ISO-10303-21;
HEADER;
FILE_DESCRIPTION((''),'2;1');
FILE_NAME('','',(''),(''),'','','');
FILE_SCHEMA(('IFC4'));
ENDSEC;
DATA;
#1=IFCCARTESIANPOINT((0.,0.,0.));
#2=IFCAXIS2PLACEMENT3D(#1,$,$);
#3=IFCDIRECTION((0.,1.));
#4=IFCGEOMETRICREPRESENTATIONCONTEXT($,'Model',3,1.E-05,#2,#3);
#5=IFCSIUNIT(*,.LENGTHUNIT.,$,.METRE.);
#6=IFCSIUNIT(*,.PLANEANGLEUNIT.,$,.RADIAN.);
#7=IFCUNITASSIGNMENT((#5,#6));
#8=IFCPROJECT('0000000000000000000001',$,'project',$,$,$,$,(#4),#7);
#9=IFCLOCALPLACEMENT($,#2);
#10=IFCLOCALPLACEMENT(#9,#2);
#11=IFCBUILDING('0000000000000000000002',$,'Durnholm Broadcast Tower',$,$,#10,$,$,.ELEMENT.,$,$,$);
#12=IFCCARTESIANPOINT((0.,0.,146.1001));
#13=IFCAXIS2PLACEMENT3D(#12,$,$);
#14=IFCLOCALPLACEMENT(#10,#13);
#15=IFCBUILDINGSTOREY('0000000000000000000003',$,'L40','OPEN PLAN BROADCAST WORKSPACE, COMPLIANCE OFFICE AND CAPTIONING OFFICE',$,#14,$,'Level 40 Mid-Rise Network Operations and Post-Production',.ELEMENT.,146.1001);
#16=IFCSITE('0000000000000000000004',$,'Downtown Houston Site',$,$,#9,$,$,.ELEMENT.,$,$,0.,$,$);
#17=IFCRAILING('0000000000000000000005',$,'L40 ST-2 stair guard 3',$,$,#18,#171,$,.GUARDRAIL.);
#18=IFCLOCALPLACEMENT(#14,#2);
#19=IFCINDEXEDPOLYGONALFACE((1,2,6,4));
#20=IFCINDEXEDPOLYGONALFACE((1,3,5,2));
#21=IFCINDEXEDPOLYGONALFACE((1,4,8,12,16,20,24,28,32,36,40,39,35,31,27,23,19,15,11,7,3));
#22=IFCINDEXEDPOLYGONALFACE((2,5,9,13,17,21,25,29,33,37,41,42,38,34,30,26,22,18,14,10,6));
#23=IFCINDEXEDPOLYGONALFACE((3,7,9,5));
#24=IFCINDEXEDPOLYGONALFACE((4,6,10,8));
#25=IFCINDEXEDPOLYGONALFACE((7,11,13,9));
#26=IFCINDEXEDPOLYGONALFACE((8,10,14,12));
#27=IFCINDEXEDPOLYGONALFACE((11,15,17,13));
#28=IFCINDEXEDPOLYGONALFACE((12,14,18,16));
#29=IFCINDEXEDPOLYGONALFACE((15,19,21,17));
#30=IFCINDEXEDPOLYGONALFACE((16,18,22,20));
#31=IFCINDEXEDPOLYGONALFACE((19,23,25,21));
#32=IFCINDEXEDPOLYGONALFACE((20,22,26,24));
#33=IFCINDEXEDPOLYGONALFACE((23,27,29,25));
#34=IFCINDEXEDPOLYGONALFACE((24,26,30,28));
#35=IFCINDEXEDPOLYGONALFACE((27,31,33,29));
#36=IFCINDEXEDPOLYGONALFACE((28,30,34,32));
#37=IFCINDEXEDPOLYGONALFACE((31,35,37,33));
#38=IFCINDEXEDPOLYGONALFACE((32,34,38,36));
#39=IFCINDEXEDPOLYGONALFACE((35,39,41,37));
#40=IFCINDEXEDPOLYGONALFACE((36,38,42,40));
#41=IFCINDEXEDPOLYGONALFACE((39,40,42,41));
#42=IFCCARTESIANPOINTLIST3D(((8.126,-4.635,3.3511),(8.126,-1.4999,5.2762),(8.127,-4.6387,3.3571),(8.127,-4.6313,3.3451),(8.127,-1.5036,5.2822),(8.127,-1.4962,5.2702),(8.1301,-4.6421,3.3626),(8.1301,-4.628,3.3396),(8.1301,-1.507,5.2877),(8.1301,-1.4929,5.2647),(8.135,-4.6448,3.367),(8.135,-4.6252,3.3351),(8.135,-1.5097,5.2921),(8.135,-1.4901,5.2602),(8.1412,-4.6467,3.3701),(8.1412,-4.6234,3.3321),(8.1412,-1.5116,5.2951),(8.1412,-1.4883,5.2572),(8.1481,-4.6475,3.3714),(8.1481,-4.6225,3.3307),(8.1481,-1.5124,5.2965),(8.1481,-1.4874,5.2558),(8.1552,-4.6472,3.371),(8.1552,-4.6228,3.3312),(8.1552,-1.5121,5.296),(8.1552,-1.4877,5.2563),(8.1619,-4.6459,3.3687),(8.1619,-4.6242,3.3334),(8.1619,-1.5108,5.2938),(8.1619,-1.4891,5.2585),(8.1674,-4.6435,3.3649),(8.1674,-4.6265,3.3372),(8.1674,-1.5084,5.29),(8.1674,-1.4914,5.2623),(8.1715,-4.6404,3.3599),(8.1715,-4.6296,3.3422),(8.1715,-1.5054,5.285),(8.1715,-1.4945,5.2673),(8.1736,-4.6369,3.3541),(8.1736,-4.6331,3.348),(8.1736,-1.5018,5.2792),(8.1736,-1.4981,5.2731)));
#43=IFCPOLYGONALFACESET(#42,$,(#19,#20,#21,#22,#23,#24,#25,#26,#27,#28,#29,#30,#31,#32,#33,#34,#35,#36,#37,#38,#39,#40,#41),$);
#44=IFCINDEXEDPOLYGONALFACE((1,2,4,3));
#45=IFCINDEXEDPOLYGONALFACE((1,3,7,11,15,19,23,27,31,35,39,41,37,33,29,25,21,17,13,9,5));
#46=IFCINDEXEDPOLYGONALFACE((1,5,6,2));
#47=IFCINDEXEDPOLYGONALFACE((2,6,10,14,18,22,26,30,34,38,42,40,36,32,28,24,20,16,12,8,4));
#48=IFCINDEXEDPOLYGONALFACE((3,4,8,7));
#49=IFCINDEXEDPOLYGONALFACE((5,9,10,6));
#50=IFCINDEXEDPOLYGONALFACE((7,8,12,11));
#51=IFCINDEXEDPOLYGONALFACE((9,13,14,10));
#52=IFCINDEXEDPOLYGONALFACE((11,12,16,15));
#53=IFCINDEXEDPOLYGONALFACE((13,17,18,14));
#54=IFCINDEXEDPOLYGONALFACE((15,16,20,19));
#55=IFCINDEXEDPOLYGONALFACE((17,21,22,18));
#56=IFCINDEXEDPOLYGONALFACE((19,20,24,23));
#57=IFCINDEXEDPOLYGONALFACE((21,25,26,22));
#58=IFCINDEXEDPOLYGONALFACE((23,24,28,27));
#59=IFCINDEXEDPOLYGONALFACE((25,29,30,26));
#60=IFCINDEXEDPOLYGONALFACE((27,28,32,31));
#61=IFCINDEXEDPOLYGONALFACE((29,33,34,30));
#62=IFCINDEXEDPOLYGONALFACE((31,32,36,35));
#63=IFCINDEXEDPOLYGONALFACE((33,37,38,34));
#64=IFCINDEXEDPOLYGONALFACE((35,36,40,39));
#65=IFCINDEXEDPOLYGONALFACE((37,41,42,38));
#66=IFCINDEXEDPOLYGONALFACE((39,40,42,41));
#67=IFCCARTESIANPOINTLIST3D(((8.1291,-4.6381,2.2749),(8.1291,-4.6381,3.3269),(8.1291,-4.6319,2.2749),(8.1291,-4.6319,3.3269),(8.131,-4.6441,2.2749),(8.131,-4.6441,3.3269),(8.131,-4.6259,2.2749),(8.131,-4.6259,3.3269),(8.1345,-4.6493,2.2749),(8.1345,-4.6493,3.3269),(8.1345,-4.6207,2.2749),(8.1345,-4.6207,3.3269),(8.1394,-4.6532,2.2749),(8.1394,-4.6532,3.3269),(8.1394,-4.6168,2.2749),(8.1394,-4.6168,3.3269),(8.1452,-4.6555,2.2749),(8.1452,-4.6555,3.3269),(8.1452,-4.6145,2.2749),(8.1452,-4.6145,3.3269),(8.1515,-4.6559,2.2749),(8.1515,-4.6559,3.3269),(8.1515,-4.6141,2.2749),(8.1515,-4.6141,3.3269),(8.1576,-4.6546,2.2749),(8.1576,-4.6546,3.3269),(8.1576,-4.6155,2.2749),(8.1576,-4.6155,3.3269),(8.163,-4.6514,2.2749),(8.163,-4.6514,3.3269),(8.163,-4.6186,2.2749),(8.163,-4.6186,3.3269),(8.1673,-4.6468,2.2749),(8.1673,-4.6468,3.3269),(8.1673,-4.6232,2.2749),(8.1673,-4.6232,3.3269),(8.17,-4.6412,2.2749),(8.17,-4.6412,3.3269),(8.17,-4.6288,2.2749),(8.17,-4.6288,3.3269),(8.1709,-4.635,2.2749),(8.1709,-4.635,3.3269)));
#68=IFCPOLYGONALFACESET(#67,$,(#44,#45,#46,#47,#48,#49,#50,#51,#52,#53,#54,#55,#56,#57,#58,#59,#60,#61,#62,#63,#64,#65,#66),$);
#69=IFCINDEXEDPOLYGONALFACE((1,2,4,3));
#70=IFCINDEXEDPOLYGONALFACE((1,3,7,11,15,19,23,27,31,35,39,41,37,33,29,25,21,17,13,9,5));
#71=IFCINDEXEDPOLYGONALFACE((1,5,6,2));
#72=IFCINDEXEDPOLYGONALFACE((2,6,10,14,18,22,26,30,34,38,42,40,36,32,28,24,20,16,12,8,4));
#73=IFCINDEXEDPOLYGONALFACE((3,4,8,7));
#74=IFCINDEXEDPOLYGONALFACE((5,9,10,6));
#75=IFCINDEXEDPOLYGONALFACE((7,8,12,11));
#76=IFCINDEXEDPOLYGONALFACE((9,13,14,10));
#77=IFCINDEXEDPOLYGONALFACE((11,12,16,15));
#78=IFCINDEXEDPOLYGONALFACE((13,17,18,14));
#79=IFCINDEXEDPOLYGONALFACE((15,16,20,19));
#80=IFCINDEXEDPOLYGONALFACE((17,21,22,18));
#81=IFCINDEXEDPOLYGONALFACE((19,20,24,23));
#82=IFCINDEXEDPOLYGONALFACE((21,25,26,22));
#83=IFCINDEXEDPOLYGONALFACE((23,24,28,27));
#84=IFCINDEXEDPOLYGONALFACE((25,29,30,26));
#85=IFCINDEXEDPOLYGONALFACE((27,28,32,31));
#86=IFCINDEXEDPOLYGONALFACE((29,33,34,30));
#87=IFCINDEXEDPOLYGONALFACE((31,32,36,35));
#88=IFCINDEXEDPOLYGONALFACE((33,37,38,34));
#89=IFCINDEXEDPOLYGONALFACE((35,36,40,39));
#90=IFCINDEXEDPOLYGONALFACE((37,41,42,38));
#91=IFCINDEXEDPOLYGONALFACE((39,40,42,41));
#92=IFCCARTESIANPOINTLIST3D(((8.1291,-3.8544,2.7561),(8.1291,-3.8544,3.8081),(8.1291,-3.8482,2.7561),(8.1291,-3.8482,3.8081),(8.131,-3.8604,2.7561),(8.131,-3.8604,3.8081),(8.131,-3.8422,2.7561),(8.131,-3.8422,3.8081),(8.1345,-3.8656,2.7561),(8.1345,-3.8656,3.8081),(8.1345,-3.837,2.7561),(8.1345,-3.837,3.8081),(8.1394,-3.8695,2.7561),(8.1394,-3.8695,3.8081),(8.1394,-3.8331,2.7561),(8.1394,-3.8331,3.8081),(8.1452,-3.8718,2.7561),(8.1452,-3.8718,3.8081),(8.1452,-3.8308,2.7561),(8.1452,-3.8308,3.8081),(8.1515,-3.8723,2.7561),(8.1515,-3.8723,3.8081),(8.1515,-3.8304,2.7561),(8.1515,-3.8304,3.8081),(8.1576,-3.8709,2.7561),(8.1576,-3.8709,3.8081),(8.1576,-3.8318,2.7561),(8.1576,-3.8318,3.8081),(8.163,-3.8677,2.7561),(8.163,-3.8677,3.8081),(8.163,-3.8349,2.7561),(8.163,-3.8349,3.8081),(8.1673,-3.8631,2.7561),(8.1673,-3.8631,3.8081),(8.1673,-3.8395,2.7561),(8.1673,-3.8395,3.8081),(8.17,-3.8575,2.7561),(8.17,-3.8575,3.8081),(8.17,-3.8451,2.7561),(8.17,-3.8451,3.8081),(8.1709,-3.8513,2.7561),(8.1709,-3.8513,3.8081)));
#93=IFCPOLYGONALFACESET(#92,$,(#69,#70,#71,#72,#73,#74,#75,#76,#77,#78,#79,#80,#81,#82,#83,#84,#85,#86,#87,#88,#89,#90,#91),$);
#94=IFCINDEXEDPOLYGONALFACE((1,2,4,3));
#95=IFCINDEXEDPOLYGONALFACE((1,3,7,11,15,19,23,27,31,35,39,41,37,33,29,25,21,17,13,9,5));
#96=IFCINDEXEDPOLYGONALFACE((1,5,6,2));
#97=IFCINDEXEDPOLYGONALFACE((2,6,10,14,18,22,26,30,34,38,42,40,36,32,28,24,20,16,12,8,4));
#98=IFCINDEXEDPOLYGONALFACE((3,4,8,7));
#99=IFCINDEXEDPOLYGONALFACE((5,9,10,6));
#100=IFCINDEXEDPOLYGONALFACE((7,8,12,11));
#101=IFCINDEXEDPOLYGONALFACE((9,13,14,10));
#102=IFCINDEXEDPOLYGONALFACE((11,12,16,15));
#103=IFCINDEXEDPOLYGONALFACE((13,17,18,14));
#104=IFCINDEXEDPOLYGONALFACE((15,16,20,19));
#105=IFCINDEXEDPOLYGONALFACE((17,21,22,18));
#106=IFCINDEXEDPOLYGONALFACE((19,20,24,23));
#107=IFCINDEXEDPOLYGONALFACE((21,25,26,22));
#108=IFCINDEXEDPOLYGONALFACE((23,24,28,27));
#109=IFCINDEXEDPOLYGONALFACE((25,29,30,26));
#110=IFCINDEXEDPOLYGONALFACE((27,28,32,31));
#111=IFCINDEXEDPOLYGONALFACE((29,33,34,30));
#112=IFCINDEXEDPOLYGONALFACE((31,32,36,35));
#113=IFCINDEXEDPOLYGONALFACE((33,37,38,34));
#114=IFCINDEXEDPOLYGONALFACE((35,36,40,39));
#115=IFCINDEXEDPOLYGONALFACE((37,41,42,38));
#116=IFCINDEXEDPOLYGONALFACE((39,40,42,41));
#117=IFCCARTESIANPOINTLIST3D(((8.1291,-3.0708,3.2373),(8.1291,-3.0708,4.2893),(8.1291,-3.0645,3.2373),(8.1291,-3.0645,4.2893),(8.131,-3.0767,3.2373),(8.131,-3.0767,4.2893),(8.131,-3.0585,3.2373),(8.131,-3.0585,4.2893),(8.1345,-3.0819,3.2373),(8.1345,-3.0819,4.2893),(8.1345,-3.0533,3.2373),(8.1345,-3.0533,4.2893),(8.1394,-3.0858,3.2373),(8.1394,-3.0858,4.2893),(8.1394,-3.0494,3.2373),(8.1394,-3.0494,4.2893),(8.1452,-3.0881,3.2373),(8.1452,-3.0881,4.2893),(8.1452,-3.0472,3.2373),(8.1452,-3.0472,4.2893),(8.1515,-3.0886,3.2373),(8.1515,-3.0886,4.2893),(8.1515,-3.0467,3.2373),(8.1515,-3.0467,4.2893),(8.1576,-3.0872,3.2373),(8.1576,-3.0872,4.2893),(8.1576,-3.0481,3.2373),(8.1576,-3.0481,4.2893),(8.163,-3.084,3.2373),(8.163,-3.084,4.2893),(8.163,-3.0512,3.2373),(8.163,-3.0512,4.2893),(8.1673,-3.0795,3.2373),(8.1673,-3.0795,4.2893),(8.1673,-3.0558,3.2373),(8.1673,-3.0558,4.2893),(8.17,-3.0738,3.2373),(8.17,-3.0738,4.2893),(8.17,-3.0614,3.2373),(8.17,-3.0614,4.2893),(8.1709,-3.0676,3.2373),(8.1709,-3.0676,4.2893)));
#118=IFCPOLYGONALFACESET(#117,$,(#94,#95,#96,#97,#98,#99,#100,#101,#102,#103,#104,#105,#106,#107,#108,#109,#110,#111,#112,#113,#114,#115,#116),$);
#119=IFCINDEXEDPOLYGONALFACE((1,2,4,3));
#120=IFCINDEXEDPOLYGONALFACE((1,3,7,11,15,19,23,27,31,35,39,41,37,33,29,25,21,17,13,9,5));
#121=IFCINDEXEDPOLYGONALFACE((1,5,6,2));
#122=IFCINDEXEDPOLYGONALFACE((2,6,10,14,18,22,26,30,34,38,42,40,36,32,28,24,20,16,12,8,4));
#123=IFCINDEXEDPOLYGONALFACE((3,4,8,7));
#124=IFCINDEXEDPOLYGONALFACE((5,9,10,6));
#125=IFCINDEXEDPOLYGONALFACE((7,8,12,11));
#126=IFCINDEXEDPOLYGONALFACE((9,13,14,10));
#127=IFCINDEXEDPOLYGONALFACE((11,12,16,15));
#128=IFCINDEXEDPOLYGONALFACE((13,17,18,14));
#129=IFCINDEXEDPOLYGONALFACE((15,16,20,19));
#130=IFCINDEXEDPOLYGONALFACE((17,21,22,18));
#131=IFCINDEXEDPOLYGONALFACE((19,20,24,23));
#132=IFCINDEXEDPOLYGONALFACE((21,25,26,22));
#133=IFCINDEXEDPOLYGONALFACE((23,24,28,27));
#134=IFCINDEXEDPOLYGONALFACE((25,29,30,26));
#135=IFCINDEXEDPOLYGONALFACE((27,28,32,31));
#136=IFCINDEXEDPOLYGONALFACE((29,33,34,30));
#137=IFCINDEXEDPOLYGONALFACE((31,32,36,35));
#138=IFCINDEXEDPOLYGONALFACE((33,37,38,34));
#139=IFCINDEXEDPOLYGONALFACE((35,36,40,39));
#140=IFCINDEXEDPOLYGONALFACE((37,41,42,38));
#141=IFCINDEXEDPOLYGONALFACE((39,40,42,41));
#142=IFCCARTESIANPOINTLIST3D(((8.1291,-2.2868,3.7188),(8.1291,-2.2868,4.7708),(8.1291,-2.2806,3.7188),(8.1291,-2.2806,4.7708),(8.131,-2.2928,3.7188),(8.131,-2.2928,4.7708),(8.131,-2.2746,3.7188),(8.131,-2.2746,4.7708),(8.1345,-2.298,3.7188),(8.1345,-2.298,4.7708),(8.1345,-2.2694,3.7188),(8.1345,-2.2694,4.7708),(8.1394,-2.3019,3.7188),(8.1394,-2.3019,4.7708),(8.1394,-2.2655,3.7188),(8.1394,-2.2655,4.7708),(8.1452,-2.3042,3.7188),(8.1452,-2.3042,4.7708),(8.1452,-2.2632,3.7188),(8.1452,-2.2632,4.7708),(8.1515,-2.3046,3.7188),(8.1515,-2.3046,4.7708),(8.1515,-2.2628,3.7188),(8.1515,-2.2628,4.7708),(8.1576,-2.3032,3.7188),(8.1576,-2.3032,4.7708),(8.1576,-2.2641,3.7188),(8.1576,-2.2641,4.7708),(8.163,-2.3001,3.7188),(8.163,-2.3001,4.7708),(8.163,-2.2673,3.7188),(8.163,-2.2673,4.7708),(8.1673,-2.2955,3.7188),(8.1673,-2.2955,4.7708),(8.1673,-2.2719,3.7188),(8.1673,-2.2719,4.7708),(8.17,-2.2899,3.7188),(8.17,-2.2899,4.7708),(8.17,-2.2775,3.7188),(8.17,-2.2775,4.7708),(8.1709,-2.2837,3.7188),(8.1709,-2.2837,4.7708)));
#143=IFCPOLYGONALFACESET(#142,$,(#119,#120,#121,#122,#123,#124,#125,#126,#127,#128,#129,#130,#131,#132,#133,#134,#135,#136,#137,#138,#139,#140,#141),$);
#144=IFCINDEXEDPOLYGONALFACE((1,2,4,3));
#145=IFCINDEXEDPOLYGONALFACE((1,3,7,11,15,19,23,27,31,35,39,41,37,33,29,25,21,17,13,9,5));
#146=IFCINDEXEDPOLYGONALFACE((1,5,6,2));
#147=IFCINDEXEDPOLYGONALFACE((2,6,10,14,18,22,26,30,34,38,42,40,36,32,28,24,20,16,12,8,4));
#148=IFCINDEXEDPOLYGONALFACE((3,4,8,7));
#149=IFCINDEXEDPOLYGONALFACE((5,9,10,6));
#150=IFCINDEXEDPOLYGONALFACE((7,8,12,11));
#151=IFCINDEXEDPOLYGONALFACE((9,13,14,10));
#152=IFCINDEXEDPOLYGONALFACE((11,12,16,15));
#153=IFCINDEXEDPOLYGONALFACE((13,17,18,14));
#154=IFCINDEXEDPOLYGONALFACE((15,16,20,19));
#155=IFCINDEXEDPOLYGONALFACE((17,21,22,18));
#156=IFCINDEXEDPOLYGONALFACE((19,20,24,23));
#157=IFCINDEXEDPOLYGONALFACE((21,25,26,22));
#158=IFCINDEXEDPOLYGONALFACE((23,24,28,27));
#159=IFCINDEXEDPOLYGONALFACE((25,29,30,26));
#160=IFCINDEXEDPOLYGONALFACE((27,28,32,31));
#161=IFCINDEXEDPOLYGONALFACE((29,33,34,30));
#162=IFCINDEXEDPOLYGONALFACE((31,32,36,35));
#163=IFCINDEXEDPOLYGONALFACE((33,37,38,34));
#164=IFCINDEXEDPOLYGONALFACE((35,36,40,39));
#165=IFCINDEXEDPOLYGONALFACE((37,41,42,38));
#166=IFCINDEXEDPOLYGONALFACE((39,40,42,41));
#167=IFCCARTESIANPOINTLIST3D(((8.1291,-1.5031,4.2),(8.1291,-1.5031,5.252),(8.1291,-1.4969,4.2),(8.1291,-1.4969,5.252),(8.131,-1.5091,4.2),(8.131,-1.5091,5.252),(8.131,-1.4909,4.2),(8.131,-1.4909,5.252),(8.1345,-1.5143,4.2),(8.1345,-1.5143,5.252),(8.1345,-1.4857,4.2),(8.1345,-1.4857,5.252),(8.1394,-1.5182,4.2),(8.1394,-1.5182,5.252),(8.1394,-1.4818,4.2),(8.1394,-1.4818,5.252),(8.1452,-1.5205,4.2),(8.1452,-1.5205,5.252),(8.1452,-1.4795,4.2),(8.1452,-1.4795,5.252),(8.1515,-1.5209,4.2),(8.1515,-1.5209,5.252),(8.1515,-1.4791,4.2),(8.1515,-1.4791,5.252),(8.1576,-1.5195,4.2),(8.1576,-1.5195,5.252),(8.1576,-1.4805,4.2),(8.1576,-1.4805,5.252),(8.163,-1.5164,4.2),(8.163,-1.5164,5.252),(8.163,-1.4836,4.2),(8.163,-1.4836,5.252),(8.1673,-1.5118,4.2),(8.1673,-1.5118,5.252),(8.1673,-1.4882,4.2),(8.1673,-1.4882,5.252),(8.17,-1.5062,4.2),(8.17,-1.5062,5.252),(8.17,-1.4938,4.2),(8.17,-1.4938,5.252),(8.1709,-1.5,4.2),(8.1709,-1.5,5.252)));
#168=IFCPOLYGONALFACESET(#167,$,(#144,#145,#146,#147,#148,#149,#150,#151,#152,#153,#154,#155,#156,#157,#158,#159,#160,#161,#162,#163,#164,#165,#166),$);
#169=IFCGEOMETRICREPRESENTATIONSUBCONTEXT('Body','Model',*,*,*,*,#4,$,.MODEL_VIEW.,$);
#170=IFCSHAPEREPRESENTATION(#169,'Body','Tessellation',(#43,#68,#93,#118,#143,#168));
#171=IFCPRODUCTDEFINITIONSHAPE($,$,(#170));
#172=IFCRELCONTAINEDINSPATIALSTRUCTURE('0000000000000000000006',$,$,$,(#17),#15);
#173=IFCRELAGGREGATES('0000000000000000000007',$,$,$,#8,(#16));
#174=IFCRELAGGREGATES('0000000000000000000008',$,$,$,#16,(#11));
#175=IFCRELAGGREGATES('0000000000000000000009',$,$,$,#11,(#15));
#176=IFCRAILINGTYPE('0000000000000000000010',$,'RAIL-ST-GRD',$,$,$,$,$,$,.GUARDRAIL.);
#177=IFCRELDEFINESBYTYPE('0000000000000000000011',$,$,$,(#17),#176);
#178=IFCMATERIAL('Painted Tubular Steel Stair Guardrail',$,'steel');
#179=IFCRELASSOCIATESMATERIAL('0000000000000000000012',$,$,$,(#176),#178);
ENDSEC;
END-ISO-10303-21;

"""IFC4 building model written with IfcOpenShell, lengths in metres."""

from ifc_helpers import new_model, si_unit, direction, frame, origin, origin_2d, place, context, subcontext, project, spatial, circle, extrude, material, type_object, element, save


model = new_model("IFC4")

# Units and contexts
model_context = context("Model", 3, precision=1e-05, world=origin(), true_north=direction((0.0, 1.0)))
body_context = subcontext(model_context, "Body", "Model", "MODEL_VIEW")
ifc_project = project(units=[si_unit("LENGTHUNIT", "METRE"), si_unit("PLANEANGLEUNIT", "RADIAN")], contexts=[model_context])

# Site, building, storey
site_placement = place(None, origin())
site = spatial("IfcSite", under=ifc_project, at=site_placement, Name="Downtown Houston Site", CompositionType="ELEMENT", RefElevation=0.0)
building_placement = place(site_placement, origin())
building = spatial("IfcBuilding", under=site, at=building_placement, Name="Durnholm Broadcast Tower", CompositionType="ELEMENT")
storey_placement = place(building_placement, frame((0.0, 0.0, 146.1001)))
storey = spatial("IfcBuildingStorey", under=building, at=storey_placement, Name="L40", Description="OPEN PLAN BROADCAST WORKSPACE, COMPLIANCE OFFICE AND CAPTIONING OFFICE", LongName="Level 40 Mid-Rise Network Operations and Post-Production", CompositionType="ELEMENT", Elevation=146.1001)

# Railing
ifc_material_1 = material(Name="Painted Tubular Steel Stair Guardrail", Category="steel")
railing_type_1 = type_object("IfcRailingType", Name="RAIL-ST-GRD", PredefinedType="GUARDRAIL", material=ifc_material_1)
railing_1_placement = place(storey_placement, frame((8.1499, -4.635, 2.2749)))
element("IfcRailing", 1, at=railing_1_placement, inside=storey, type_object=railing_type_1, Name="L40 ST-2 stair guard 3", PredefinedType="GUARDRAIL", context=body_context, shape_type="SweptSolid", body=[
    extrude(circle(Radius=0.0239, at=origin_2d()), frame((0.0, 0.0, 1.0762), z_axis=(0.0, 0.852166, 0.523271), x_axis=(-1.0, 0.0, 0.0)), (0.0, 0.0, 1.0), 3.679),
    extrude(circle(Radius=0.021, at=origin_2d()), origin(), (0.0, 0.0, 1.0), 1.052),
    extrude(circle(Radius=0.021, at=origin_2d()), frame((0.0, 0.7837, 0.4812)), (0.0, 0.0, 1.0), 1.052),
    extrude(circle(Radius=0.021, at=origin_2d()), frame((0.0, 1.5674, 0.9624)), (0.0, 0.0, 1.0), 1.052),
    extrude(circle(Radius=0.021, at=origin_2d()), frame((0.0, 2.3513, 1.4438)), (0.0, 0.0, 1.0), 1.052),
    extrude(circle(Radius=0.021, at=origin_2d()), frame((0.0, 3.135, 1.925)), (0.0, 0.0, 1.0), 1.052),
])

save(model, "model.ifc")
